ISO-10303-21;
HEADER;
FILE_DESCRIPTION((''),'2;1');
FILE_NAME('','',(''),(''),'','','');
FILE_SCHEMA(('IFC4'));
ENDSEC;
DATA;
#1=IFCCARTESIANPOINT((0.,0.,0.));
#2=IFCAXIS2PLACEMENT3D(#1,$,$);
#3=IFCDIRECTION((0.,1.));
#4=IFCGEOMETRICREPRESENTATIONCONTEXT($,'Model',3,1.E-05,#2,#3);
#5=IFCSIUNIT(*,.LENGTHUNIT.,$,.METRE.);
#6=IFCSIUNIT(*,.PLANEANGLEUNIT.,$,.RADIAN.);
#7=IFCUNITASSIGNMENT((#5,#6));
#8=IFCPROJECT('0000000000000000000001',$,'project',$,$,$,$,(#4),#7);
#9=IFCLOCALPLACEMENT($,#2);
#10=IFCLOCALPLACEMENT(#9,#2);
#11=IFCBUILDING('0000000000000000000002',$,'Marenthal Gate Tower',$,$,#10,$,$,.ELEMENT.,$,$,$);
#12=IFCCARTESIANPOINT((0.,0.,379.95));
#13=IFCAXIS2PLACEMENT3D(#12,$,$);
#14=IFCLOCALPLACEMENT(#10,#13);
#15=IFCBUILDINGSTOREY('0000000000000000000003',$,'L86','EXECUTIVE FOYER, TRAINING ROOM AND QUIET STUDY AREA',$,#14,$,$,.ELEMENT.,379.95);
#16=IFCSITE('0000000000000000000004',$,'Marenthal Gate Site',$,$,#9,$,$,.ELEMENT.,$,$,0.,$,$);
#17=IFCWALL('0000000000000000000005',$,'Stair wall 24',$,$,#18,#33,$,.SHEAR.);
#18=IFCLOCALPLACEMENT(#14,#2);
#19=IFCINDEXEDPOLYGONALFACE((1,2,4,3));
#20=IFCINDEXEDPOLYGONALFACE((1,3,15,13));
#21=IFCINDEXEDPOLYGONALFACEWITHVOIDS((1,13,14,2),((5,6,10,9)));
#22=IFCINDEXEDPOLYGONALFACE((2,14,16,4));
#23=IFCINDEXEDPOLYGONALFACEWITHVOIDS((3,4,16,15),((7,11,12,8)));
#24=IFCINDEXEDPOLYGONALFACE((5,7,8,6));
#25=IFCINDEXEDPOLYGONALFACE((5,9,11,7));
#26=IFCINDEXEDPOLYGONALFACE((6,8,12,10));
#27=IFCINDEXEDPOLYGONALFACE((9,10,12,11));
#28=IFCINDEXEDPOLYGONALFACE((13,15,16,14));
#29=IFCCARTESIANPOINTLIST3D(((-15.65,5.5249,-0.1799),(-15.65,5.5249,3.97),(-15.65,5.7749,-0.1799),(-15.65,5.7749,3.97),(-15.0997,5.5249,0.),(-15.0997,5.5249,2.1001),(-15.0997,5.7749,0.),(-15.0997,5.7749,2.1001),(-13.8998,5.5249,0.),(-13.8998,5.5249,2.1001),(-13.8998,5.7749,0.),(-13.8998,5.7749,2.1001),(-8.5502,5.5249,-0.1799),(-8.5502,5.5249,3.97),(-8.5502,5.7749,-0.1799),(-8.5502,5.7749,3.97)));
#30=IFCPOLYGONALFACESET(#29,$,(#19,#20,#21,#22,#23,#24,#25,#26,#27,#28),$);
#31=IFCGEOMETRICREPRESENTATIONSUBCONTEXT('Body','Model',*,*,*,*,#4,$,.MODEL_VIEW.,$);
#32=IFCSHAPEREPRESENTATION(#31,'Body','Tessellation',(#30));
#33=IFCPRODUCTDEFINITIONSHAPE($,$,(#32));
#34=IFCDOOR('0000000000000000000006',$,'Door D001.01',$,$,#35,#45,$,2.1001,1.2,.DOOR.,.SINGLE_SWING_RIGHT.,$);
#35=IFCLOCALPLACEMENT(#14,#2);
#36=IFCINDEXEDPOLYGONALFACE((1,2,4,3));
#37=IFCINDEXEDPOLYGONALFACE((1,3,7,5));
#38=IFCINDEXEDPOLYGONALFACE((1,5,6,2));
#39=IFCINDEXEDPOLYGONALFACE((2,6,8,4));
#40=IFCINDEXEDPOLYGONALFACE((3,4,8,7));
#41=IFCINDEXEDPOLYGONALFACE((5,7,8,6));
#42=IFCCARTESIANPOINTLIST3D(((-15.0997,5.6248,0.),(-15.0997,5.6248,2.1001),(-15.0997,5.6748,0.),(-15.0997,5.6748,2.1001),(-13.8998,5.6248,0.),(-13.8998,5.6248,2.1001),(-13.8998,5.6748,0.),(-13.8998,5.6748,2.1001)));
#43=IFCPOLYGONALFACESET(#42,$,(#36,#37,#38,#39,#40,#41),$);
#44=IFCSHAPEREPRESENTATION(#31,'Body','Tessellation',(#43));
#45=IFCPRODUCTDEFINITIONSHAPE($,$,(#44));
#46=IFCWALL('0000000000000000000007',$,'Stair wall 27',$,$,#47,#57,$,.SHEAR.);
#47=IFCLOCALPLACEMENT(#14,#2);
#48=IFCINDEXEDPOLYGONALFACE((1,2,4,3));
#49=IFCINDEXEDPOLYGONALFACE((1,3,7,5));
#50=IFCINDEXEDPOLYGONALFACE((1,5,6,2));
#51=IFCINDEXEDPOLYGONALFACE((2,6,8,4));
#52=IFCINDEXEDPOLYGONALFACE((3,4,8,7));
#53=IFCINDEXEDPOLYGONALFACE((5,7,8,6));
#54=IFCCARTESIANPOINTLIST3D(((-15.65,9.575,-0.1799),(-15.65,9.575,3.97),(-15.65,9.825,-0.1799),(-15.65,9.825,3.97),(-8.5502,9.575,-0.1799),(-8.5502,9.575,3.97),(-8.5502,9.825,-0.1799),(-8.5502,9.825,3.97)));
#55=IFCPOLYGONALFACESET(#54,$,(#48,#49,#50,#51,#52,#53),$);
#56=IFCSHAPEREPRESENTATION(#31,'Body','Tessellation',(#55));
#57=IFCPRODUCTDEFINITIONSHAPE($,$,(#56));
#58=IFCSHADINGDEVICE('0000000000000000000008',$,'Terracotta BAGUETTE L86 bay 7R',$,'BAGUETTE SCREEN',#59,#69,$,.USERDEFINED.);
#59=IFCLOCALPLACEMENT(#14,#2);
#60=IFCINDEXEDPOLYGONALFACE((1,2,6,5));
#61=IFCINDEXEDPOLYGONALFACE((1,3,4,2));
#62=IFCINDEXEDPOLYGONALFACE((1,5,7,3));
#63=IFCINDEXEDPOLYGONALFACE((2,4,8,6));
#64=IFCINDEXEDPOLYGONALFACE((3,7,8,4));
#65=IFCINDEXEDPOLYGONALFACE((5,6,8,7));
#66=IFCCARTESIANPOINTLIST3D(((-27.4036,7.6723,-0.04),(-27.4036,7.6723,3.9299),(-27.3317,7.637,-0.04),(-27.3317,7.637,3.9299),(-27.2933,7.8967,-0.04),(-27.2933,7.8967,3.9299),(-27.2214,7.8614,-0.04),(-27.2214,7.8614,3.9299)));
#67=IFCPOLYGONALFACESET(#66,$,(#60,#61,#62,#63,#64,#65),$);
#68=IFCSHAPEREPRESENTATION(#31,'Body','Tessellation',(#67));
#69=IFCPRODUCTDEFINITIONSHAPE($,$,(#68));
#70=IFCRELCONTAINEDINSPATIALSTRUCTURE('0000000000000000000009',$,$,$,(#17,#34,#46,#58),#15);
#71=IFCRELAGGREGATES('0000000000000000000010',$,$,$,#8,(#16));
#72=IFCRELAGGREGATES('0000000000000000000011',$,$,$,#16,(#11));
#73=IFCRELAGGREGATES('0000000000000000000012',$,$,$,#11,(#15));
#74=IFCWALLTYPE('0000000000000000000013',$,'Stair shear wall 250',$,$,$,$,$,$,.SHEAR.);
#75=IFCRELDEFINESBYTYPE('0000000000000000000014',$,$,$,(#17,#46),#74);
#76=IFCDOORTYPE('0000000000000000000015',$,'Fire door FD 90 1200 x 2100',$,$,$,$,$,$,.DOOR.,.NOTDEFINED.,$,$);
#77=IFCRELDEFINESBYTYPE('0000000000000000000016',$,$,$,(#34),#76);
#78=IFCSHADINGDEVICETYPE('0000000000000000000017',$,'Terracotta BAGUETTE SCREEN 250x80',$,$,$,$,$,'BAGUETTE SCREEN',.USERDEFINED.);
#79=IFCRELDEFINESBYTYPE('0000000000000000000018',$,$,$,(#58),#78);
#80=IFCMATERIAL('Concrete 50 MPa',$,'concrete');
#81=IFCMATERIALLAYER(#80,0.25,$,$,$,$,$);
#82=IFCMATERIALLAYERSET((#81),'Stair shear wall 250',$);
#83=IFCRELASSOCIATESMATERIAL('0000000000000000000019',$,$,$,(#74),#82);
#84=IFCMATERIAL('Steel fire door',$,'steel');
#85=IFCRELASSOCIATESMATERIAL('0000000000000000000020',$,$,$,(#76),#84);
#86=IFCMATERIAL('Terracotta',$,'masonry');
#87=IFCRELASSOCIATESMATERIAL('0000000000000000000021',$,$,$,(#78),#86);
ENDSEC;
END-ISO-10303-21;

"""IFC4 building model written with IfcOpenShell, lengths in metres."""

from ifc_helpers import new_model, si_unit, direction, frame, frame_2d, origin, origin_2d, place, context, subcontext, project, spatial, rectangle, extrude, material, layer, layer_set, material_profile, profile_set, type_object, element, fill, save


model = new_model("IFC4")

# Units and contexts
model_context = context("Model", 3, precision=1e-05, world=origin(), true_north=direction((0.0, 1.0)))
body_context = subcontext(model_context, "Body", "Model", "MODEL_VIEW")
ifc_project = project(units=[si_unit("LENGTHUNIT", "METRE"), si_unit("PLANEANGLEUNIT", "RADIAN")], contexts=[model_context])

# Site, building, storey
site_placement = place(None, origin())
site = spatial("IfcSite", under=ifc_project, at=site_placement, Name="Marenthal Gate Site", CompositionType="ELEMENT", RefElevation=0.0)
building_placement = place(site_placement, origin())
building = spatial("IfcBuilding", under=site, at=building_placement, Name="Marenthal Gate Tower", CompositionType="ELEMENT")
storey_placement = place(building_placement, frame((0.0, 0.0, 379.95)))
storey = spatial("IfcBuildingStorey", under=building, at=storey_placement, Name="L86", Description="EXECUTIVE FOYER, TRAINING ROOM AND QUIET STUDY AREA", CompositionType="ELEMENT", Elevation=379.95)

# Wall, opening, door
ifc_material_1 = material(Name="Concrete 50 MPa", Category="concrete")
ifc_layer_1 = layer(ifc_material_1, 0.25)
ifc_layer_set_1 = layer_set([ifc_layer_1], Name="Stair shear wall 250")
wall_type_1 = type_object("IfcWallType", Name="Stair shear wall 250", PredefinedType="SHEAR", material=ifc_layer_set_1)
wall_1_placement = place(storey_placement, frame((-15.6499, 5.6499, -0.1799), z_axis=(0.0, 0.0, 1.0), x_axis=(1.0, 0.0, 0.0)))
wall_1 = element("IfcWall", 1, at=wall_1_placement, inside=storey, type_object=wall_type_1, Name="Stair wall 24", PredefinedType="SHEAR", context=body_context, shape_type="SweptSolid", body=[
    extrude(rectangle(XDim=7.0999, YDim=0.25, at=frame_2d((3.5498, 0.0))), origin(), (0.0, 0.0, 1.0), 4.1499),
])
opening_placement = place(wall_1_placement, frame((0.55, 0.0, 0.1799)))
opening = element("IfcOpeningElement", 2, at=opening_placement, cuts=wall_1, PredefinedType="OPENING", context=body_context, shape_type="SweptSolid", body=[
    extrude(rectangle(XDim=1.2, YDim=2.1001, at=frame_2d((0.6001, 1.05))), frame((0.0, 0.135, 0.0), z_axis=(0.0, -1.0, 0.0), x_axis=(1.0, 0.0, 0.0)), (0.0, 0.0, 1.0), 0.27),
])
ifc_material_2 = material(Name="Steel fire door", Category="steel")
door_type = type_object("IfcDoorType", Name="Fire door FD 90 1200 x 2100", OperationType="NOTDEFINED", PredefinedType="DOOR", material=ifc_material_2)
door_placement = place(opening_placement, origin())
door = element("IfcDoor", 3, at=door_placement, inside=storey, type_object=door_type, Name="Door D001.01", OperationType="SINGLE_SWING_RIGHT", OverallHeight=2.1001, OverallWidth=1.2, PredefinedType="DOOR", context=body_context, shape_type="SweptSolid", body=[
    extrude(rectangle(XDim=1.2, YDim=2.1001, at=frame_2d((0.6001, 1.05))), frame((0.0, 0.0249, 0.0), z_axis=(0.0, -1.0, 0.0), x_axis=(1.0, 0.0, 0.0)), (0.0, 0.0, 1.0), 0.05),
])
fill(opening, door)

# Wall
wall_2_placement = place(storey_placement, frame((-15.6499, 9.7, -0.1799), z_axis=(0.0, 0.0, 1.0), x_axis=(1.0, 0.0, 0.0)))
element("IfcWall", 4, at=wall_2_placement, inside=storey, type_object=wall_type_1, Name="Stair wall 27", PredefinedType="SHEAR", context=body_context, shape_type="SweptSolid", body=[
    extrude(rectangle(XDim=7.0999, YDim=0.25, at=frame_2d((3.5498, 0.0))), origin(), (0.0, 0.0, 1.0), 4.1499),
])

# Shading device
ifc_material_3 = material(Name="Terracotta", Category="masonry")
ifc_material_profile_1 = material_profile(ifc_material_3, rectangle(XDim=0.25, YDim=0.0801, at=origin_2d()), Name="Terracotta baguette 250x80")
ifc_profile_set_1 = profile_set([ifc_material_profile_1], Name="Terracotta")
shading_device_type = type_object("IfcShadingDeviceType", Name="Terracotta BAGUETTE SCREEN 250x80", ElementType="BAGUETTE SCREEN", PredefinedType="USERDEFINED", material=ifc_profile_set_1)
shading_device_placement = place(storey_placement, frame((-27.3125, 7.7668, -0.04), z_axis=(0.0, 0.0, 1.0), x_axis=(-0.440939, -0.897537, 0.0)))
element("IfcShadingDevice", 5, at=shading_device_placement, inside=storey, type_object=shading_device_type, Name="Terracotta BAGUETTE L86 bay 7R", ObjectType="BAGUETTE SCREEN", PredefinedType="USERDEFINED", context=body_context, shape_type="SweptSolid", body=[
    extrude(rectangle(XDim=0.25, YDim=0.0801, at=origin_2d()), origin(), (0.0, 0.0, 1.0), 3.97),
])

save(model, "model.ifc")
